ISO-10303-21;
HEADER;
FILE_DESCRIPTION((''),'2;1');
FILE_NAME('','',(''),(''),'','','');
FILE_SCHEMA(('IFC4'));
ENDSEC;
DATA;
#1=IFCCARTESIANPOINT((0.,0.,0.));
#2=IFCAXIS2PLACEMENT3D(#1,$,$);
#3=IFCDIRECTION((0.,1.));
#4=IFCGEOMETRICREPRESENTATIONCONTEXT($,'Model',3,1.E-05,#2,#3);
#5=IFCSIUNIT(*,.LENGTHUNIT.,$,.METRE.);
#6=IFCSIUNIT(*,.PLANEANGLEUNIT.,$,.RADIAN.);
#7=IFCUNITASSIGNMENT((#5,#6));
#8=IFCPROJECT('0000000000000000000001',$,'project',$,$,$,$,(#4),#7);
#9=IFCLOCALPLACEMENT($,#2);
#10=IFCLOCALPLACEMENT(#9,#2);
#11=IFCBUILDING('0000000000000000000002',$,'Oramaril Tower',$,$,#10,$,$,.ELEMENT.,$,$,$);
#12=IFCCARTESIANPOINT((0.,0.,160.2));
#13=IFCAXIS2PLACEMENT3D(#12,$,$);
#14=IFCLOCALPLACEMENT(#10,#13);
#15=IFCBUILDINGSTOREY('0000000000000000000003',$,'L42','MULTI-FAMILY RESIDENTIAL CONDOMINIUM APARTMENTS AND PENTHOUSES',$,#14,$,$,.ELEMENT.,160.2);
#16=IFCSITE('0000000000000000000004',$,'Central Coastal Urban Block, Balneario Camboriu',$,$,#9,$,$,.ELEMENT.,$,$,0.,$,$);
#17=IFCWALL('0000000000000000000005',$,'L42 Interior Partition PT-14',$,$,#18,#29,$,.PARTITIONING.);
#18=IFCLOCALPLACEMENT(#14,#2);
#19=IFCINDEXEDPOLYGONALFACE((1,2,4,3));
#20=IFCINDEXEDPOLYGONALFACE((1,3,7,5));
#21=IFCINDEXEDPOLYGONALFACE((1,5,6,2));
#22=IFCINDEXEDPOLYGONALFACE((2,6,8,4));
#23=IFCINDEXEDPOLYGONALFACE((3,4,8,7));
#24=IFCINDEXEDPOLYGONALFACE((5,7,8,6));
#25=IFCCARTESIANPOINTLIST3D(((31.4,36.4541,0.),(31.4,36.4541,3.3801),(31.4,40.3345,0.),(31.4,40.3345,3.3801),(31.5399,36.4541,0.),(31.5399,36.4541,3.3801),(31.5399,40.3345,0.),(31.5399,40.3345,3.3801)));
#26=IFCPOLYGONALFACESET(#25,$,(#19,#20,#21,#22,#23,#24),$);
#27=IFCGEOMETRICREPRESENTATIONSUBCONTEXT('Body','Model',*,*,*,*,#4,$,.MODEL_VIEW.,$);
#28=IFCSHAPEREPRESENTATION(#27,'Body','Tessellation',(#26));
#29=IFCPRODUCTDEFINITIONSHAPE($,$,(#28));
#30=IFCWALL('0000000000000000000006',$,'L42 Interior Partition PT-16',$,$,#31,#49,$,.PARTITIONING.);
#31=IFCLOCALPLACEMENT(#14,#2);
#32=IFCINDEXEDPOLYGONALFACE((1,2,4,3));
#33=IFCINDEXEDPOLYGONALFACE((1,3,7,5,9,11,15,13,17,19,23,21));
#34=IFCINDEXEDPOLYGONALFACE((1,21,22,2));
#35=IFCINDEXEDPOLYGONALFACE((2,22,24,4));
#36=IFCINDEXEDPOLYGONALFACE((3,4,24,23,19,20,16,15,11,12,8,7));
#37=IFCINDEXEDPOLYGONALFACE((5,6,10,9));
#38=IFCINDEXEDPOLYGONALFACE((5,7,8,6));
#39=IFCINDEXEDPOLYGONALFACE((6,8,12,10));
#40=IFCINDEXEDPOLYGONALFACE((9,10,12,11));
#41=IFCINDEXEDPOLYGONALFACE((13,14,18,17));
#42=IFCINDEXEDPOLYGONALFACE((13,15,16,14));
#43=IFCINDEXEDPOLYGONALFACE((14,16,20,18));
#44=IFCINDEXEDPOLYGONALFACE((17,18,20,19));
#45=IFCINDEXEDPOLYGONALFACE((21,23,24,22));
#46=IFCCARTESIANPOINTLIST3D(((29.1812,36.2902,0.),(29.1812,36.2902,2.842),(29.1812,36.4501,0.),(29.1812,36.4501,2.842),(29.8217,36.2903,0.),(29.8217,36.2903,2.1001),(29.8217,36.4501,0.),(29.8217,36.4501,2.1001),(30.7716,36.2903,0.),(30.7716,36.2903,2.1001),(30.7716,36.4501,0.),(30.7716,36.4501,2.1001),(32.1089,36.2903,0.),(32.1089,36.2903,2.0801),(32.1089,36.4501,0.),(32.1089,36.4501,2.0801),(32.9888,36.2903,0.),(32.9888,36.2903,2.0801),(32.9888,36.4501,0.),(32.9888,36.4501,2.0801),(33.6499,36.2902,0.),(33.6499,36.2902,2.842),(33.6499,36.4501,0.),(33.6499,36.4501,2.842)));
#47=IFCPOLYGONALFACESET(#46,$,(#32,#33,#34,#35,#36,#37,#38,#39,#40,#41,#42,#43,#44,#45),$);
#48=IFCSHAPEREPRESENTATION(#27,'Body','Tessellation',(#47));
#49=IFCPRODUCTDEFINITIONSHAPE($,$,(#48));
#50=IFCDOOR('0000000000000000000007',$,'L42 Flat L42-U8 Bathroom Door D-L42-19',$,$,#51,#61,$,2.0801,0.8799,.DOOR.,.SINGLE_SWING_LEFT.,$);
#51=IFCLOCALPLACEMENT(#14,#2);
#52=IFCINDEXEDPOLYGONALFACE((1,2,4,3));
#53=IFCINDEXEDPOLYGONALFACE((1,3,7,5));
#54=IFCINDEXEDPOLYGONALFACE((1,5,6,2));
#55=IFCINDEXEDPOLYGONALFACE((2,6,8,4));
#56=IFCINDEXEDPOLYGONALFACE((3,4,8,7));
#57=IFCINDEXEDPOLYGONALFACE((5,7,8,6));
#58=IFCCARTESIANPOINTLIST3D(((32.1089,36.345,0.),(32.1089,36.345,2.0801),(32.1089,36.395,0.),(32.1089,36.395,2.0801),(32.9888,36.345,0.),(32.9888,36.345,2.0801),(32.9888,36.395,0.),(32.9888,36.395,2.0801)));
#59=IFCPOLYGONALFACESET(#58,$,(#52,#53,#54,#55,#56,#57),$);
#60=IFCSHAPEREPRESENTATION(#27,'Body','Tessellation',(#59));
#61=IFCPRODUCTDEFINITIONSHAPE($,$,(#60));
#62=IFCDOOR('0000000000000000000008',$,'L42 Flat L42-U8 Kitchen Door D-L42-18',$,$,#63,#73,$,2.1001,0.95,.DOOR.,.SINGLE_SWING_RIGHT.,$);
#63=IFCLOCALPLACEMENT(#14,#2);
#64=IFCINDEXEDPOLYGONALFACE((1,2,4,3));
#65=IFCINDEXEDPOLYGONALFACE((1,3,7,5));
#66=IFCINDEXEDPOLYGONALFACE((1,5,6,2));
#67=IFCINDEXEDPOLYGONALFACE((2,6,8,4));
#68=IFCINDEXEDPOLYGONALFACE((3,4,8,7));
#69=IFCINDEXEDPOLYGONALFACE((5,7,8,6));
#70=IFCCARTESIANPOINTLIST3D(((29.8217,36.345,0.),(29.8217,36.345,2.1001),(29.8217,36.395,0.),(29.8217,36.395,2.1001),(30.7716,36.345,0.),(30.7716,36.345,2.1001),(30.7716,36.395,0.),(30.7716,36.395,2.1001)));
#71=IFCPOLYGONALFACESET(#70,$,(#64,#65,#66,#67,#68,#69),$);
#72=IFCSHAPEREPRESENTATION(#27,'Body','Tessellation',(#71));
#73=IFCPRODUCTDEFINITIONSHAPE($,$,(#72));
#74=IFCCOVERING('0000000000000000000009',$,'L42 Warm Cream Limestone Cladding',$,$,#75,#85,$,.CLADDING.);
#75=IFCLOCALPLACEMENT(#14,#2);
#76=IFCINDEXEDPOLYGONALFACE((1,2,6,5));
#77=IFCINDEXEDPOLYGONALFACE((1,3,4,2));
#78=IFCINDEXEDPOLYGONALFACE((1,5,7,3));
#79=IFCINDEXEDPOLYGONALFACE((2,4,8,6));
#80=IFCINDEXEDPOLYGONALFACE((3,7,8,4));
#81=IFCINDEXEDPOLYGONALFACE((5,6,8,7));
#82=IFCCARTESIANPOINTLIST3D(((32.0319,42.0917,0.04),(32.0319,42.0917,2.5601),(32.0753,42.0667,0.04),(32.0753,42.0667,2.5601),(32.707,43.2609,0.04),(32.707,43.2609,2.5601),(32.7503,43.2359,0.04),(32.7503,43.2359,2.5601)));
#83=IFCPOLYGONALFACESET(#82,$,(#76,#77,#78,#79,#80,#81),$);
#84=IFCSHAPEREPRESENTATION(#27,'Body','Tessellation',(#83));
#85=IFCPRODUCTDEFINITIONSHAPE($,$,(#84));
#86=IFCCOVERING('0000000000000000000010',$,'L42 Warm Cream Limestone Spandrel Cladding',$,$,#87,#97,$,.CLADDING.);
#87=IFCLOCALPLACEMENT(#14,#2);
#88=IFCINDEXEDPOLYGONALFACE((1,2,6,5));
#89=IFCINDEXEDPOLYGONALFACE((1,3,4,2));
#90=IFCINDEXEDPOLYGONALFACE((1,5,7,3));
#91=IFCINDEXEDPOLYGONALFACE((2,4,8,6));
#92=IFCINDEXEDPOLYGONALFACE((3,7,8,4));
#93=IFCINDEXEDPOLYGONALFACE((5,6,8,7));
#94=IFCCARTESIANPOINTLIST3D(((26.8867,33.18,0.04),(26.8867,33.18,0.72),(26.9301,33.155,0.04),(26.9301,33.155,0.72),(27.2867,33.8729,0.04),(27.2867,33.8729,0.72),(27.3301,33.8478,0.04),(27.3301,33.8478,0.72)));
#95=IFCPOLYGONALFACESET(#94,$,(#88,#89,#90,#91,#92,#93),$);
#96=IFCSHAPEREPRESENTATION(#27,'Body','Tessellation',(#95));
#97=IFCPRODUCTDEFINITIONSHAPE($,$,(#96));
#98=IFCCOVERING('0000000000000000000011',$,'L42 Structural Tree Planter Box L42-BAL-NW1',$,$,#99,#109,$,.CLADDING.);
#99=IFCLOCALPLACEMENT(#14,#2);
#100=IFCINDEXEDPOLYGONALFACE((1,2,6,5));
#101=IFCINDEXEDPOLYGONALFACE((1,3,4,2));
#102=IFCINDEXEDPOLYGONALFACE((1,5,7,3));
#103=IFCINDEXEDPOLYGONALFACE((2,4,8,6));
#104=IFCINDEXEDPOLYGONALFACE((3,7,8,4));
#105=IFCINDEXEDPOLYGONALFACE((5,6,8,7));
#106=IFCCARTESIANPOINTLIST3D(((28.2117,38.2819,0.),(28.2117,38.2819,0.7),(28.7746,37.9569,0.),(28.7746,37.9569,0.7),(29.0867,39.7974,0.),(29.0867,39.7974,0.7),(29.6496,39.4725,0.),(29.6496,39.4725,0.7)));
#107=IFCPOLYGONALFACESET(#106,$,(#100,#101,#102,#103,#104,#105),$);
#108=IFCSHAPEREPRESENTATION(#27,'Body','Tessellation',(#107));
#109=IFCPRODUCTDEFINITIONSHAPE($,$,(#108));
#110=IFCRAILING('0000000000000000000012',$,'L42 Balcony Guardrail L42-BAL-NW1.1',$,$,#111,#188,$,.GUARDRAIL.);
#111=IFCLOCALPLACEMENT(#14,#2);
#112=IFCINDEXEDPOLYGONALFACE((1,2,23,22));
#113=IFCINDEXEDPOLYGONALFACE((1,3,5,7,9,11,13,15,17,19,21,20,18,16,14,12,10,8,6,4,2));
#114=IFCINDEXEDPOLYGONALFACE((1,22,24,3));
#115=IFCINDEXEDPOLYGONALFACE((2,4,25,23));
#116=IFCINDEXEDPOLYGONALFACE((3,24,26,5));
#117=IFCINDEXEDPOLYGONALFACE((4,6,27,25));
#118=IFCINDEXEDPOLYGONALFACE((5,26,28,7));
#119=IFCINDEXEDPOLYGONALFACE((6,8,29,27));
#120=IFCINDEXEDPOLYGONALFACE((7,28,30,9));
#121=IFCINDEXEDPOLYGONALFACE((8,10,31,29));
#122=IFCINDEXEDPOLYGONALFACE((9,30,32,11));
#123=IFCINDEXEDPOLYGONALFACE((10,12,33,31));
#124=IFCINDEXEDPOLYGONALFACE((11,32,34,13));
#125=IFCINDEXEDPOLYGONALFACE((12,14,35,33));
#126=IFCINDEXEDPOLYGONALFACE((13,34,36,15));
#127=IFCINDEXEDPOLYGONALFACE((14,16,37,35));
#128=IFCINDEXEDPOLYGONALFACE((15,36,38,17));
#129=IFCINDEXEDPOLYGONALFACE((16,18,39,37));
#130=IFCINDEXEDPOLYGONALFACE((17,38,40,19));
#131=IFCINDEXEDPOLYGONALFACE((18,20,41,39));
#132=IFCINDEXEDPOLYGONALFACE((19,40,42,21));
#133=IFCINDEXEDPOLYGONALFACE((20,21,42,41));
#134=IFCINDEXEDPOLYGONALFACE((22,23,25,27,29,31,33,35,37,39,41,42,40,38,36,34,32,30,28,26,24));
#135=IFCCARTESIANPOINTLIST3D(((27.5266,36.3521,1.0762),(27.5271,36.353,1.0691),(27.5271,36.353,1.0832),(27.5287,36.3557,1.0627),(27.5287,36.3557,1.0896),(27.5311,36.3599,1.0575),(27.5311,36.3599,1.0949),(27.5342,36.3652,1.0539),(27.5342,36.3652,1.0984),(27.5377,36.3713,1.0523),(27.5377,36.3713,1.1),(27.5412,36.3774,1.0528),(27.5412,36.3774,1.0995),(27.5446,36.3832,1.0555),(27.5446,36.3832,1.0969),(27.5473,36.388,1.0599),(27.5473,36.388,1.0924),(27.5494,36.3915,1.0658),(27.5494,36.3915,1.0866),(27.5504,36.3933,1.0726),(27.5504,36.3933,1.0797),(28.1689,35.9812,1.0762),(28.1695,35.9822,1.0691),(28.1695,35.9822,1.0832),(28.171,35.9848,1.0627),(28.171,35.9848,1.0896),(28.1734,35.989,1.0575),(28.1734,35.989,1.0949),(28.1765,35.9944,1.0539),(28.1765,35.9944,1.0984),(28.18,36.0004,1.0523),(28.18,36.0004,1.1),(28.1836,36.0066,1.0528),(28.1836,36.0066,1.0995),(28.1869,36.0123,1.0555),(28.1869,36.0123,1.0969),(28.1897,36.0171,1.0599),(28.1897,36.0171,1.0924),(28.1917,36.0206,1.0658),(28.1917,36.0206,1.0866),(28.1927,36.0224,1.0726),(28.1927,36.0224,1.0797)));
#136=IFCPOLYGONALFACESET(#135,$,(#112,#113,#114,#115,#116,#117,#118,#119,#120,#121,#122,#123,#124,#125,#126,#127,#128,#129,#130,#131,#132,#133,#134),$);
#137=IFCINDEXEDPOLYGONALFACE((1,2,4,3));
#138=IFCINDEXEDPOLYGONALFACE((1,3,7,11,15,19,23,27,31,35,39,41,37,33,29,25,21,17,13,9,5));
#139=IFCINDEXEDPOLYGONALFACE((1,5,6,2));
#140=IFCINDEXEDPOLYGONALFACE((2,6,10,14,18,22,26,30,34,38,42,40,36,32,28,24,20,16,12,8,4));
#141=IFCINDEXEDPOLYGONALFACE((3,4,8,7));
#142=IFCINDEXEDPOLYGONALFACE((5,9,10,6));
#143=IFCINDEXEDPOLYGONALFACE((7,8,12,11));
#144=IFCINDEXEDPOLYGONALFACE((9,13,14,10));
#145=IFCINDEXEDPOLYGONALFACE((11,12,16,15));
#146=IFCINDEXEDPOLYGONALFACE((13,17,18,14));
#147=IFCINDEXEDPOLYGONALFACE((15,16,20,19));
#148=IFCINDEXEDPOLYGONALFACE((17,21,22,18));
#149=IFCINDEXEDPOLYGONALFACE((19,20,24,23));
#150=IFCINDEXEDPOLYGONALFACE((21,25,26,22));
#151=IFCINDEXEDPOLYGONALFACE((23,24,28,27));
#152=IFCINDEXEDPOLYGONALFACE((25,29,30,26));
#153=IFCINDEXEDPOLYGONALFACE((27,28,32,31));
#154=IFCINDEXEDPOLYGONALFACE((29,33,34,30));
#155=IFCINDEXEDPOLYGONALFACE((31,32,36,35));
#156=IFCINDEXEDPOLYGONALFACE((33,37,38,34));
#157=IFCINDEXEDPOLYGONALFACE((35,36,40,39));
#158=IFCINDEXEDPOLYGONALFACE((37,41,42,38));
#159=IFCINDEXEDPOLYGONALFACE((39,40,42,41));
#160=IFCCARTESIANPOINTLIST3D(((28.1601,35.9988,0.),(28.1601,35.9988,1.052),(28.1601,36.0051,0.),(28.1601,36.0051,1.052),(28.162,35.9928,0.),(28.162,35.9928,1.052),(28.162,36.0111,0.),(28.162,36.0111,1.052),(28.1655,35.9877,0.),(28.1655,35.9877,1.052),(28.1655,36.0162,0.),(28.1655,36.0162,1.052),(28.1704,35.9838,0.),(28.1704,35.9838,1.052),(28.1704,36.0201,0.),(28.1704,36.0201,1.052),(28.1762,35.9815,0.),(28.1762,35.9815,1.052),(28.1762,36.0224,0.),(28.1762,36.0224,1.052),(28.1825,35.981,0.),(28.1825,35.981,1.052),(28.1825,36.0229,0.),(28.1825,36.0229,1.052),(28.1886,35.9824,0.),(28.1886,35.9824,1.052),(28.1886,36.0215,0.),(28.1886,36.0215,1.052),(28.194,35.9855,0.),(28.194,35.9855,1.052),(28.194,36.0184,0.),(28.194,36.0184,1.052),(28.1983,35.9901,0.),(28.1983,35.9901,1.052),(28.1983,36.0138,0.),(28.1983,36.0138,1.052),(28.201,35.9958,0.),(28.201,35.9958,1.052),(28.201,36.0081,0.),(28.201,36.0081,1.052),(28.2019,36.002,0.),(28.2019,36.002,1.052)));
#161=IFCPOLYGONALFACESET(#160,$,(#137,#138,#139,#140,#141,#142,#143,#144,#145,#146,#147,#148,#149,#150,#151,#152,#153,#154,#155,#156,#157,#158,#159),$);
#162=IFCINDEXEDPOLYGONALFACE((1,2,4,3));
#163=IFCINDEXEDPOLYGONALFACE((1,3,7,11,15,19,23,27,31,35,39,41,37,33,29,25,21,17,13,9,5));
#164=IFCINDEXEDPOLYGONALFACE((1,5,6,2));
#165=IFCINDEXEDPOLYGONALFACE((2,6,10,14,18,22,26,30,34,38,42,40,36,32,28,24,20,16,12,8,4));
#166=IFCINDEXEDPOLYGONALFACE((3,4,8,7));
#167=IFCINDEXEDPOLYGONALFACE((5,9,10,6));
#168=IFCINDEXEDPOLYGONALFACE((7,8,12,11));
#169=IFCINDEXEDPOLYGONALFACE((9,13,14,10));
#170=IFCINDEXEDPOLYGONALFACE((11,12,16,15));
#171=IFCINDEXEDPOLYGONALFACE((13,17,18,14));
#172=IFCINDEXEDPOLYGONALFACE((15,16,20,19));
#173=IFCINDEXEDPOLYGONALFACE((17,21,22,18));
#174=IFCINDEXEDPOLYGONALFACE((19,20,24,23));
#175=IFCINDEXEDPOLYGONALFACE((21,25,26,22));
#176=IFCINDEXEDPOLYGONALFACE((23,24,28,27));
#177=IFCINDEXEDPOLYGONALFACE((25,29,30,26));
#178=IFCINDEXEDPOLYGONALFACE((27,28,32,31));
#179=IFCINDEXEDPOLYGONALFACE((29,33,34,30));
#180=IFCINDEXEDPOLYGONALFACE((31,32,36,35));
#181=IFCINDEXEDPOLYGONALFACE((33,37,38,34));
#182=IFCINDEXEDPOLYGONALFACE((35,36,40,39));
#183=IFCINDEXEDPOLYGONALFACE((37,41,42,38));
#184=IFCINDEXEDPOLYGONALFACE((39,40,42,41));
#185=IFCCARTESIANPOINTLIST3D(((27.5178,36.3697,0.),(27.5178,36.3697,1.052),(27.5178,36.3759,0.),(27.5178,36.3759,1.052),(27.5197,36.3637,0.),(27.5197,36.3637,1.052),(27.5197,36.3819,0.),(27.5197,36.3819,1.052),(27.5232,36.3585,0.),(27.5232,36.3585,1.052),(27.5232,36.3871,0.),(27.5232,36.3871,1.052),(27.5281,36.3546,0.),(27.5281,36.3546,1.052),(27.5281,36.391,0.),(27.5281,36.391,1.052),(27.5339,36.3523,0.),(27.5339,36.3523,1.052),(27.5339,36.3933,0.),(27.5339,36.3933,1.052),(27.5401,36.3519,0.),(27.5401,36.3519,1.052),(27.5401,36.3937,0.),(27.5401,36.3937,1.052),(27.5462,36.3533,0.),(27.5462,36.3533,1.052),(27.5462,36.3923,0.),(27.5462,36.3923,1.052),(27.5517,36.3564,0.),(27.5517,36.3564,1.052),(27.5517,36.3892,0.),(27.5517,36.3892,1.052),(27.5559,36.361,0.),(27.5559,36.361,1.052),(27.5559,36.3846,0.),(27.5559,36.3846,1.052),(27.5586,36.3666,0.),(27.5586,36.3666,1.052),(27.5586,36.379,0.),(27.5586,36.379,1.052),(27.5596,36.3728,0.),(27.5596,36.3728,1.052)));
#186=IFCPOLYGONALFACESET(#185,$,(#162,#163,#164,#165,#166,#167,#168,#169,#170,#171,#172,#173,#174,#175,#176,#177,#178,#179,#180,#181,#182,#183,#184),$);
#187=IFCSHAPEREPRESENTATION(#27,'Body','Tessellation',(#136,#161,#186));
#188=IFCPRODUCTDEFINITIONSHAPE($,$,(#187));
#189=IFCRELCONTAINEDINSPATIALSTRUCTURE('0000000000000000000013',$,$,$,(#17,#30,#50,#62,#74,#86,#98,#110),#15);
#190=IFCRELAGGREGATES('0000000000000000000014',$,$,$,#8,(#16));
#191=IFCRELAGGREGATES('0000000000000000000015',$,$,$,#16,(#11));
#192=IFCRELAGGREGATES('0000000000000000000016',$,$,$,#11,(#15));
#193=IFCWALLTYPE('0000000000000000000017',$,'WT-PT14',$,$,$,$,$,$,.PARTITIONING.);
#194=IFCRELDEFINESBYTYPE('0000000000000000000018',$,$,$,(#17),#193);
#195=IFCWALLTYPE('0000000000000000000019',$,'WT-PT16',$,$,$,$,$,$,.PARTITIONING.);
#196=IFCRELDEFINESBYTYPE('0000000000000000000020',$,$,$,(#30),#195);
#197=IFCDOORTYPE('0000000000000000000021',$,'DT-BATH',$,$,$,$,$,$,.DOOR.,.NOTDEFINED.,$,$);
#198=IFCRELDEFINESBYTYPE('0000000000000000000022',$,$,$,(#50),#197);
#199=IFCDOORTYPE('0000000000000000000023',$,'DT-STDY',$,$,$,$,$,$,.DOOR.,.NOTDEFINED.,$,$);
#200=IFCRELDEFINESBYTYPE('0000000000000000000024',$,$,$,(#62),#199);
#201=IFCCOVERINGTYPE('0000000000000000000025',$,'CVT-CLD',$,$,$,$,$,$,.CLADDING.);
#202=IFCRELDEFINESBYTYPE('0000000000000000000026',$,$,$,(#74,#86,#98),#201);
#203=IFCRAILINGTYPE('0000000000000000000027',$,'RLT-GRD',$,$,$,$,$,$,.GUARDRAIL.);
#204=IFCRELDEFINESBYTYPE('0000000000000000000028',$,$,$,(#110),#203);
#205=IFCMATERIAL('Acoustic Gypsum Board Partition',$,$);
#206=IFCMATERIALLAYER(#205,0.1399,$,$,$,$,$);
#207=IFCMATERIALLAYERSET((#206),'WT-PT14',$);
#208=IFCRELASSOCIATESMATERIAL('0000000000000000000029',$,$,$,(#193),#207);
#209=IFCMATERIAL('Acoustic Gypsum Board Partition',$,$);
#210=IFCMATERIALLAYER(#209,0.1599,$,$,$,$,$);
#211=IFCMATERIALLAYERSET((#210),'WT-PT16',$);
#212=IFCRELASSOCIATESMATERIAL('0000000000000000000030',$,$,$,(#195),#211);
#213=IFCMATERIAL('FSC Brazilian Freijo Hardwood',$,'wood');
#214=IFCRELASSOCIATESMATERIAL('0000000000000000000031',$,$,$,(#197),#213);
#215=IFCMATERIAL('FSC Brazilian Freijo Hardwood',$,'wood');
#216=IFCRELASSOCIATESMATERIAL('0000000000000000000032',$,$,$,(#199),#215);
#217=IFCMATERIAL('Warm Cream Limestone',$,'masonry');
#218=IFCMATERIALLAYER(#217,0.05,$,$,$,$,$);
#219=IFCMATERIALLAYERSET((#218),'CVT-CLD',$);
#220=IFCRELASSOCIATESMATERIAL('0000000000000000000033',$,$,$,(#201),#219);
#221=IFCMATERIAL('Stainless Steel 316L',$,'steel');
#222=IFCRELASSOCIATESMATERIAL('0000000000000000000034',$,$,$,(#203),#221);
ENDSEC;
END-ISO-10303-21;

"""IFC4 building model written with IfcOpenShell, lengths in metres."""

from ifc_helpers import new_model, si_unit, direction, frame, frame_2d, origin, origin_2d, place, context, subcontext, project, spatial, rectangle, circle, extrude, material, layer, layer_set, type_object, element, fill, save


model = new_model("IFC4")

# Units and contexts
model_context = context("Model", 3, precision=1e-05, world=origin(), true_north=direction((0.0, 1.0)))
body_context = subcontext(model_context, "Body", "Model", "MODEL_VIEW")
ifc_project = project(units=[si_unit("LENGTHUNIT", "METRE"), si_unit("PLANEANGLEUNIT", "RADIAN")], contexts=[model_context])

# Site, building, storey
site_placement = place(None, origin())
site = spatial("IfcSite", under=ifc_project, at=site_placement, Name="Central Coastal Urban Block, Balneario Camboriu", CompositionType="ELEMENT", RefElevation=0.0)
building_placement = place(site_placement, origin())
building = spatial("IfcBuilding", under=site, at=building_placement, Name="Oramaril Tower", CompositionType="ELEMENT")
storey_placement = place(building_placement, frame((0.0, 0.0, 160.2)))
storey = spatial("IfcBuildingStorey", under=building, at=storey_placement, Name="L42", Description="MULTI-FAMILY RESIDENTIAL CONDOMINIUM APARTMENTS AND PENTHOUSES", CompositionType="ELEMENT", Elevation=160.2)

# Wall
ifc_material_1 = material(Name="Acoustic Gypsum Board Partition")
ifc_layer_1 = layer(ifc_material_1, 0.1399)
ifc_layer_set_1 = layer_set([ifc_layer_1], Name="WT-PT14")
wall_type_1 = type_object("IfcWallType", Name="WT-PT14", PredefinedType="PARTITIONING", material=ifc_layer_set_1)
wall_1_placement = place(storey_placement, frame((31.47, 36.4541, 0.0), z_axis=(0.0, 0.0, 1.0), x_axis=(0.0, 1.0, 0.0)))
element("IfcWall", 1, at=wall_1_placement, inside=storey, type_object=wall_type_1, Name="L42 Interior Partition PT-14", PredefinedType="PARTITIONING", context=body_context, shape_type="SweptSolid", body=[
    extrude(rectangle(XDim=3.8804, YDim=0.1399, at=frame_2d((1.9402, 0.0))), origin(), (0.0, 0.0, 1.0), 3.3801),
])

# Wall, openings, doors
ifc_material_2 = material(Name="Acoustic Gypsum Board Partition")
ifc_layer_2 = layer(ifc_material_2, 0.1599)
ifc_layer_set_2 = layer_set([ifc_layer_2], Name="WT-PT16")
wall_type_2 = type_object("IfcWallType", Name="WT-PT16", PredefinedType="PARTITIONING", material=ifc_layer_set_2)
wall_2_placement = place(storey_placement, frame((29.1812, 36.3701, 0.0), z_axis=(0.0, 0.0, 1.0), x_axis=(1.0, 0.0, 0.0)))
wall_2 = element("IfcWall", 2, at=wall_2_placement, inside=storey, type_object=wall_type_2, Name="L42 Interior Partition PT-16", PredefinedType="PARTITIONING", context=body_context, shape_type="SweptSolid", body=[
    extrude(rectangle(XDim=4.4688, YDim=0.1599, at=frame_2d((2.2344, 0.0))), origin(), (0.0, 0.0, 1.0), 2.842),
])
opening_1_placement = place(wall_2_placement, frame((0.6404, 0.0, 0.0)))
opening_1 = element("IfcOpeningElement", 3, at=opening_1_placement, cuts=wall_2, PredefinedType="OPENING", context=body_context, shape_type="SweptSolid", body=[
    extrude(rectangle(XDim=0.95, YDim=2.1001, at=frame_2d((0.4751, 1.05))), frame((0.0, 0.0801, 0.0), z_axis=(0.0, -1.0, 0.0), x_axis=(1.0, 0.0, 0.0)), (0.0, 0.0, 1.0), 0.1599),
])
opening_2_placement = place(wall_2_placement, frame((2.9277, 0.0, 0.0)))
opening_2 = element("IfcOpeningElement", 4, at=opening_2_placement, cuts=wall_2, PredefinedType="OPENING", context=body_context, shape_type="SweptSolid", body=[
    extrude(rectangle(XDim=0.8799, YDim=2.0801, at=frame_2d((0.4399, 1.04))), frame((0.0, 0.0801, 0.0), z_axis=(0.0, -1.0, 0.0), x_axis=(1.0, 0.0, 0.0)), (0.0, 0.0, 1.0), 0.1599),
])
ifc_material_3 = material(Name="FSC Brazilian Freijo Hardwood", Category="wood")
door_type_1 = type_object("IfcDoorType", Name="DT-BATH", OperationType="NOTDEFINED", PredefinedType="DOOR", material=ifc_material_3)
door_1_placement = place(opening_2_placement, origin())
door_1 = element("IfcDoor", 5, at=door_1_placement, inside=storey, type_object=door_type_1, Name="L42 Flat L42-U8 Bathroom Door D-L42-19", OperationType="SINGLE_SWING_LEFT", OverallHeight=2.0801, OverallWidth=0.8799, PredefinedType="DOOR", context=body_context, shape_type="SweptSolid", body=[
    extrude(rectangle(XDim=0.8799, YDim=2.0801, at=frame_2d((0.4399, 1.04))), frame((0.0, 0.0249, 0.0), z_axis=(0.0, -1.0, 0.0), x_axis=(1.0, 0.0, 0.0)), (0.0, 0.0, 1.0), 0.05),
])
fill(opening_2, door_1)
ifc_material_4 = material(Name="FSC Brazilian Freijo Hardwood", Category="wood")
door_type_2 = type_object("IfcDoorType", Name="DT-STDY", OperationType="NOTDEFINED", PredefinedType="DOOR", material=ifc_material_4)
door_2_placement = place(opening_1_placement, origin())
door_2 = element("IfcDoor", 6, at=door_2_placement, inside=storey, type_object=door_type_2, Name="L42 Flat L42-U8 Kitchen Door D-L42-18", OperationType="SINGLE_SWING_RIGHT", OverallHeight=2.1001, OverallWidth=0.95, PredefinedType="DOOR", context=body_context, shape_type="SweptSolid", body=[
    extrude(rectangle(XDim=0.95, YDim=2.1001, at=frame_2d((0.4751, 1.05))), frame((0.0, 0.0249, 0.0), z_axis=(0.0, -1.0, 0.0), x_axis=(1.0, 0.0, 0.0)), (0.0, 0.0, 1.0), 0.05),
])
fill(opening_1, door_2)

# Coverings
ifc_material_5 = material(Name="Warm Cream Limestone", Category="masonry")
ifc_layer_3 = layer(ifc_material_5, 0.05)
ifc_layer_set_3 = layer_set([ifc_layer_3], Name="CVT-CLD")
covering_type = type_object("IfcCoveringType", Name="CVT-CLD", PredefinedType="CLADDING", material=ifc_layer_set_3)
covering_1_placement = place(storey_placement, frame((32.3911, 42.6638, 0.04), z_axis=(0.0, 0.0, 1.0), x_axis=(-0.5, -0.866025, 0.0)))
element("IfcCovering", 7, at=covering_1_placement, inside=storey, type_object=covering_type, Name="L42 Warm Cream Limestone Cladding", PredefinedType="CLADDING", context=body_context, shape_type="SweptSolid", body=[
    extrude(rectangle(XDim=1.3501, YDim=0.05, at=origin_2d()), origin(), (0.0, 0.0, 1.0), 2.52),
])
covering_2_placement = place(storey_placement, frame((27.1084, 33.5139, 0.04), z_axis=(0.0, 0.0, 1.0), x_axis=(-0.5, -0.866025, 0.0)))
element("IfcCovering", 8, at=covering_2_placement, inside=storey, type_object=covering_type, Name="L42 Warm Cream Limestone Spandrel Cladding", PredefinedType="CLADDING", context=body_context, shape_type="SweptSolid", body=[
    extrude(rectangle(XDim=0.8, YDim=0.05, at=origin_2d()), origin(), (0.0, 0.0, 1.0), 0.6799),
])
covering_3_placement = place(storey_placement, frame((28.9307, 38.8772, 0.0), z_axis=(0.0, 0.0, 1.0), x_axis=(-0.5, -0.866025, 0.0)))
element("IfcCovering", 9, at=covering_3_placement, inside=storey, type_object=covering_type, Name="L42 Structural Tree Planter Box L42-BAL-NW1", PredefinedType="CLADDING", context=body_context, shape_type="SweptSolid", body=[
    extrude(rectangle(XDim=1.75, YDim=0.6499, at=origin_2d()), origin(), (0.0, 0.0, 1.0), 0.7),
])

# Railing
ifc_material_6 = material(Name="Stainless Steel 316L", Category="steel")
railing_type = type_object("IfcRailingType", Name="RLT-GRD", PredefinedType="GUARDRAIL", material=ifc_material_6)
railing_1_placement = place(storey_placement, frame((28.1809, 36.002, 0.0)))
element("IfcRailing", 10, at=railing_1_placement, inside=storey, type_object=railing_type, Name="L42 Balcony Guardrail L42-BAL-NW1.1", PredefinedType="GUARDRAIL", context=body_context, shape_type="SweptSolid", body=[
    extrude(circle(Radius=0.0239, at=origin_2d()), frame((0.0, 0.0, 1.0762), z_axis=(-0.866027, 0.499998, 0.0), x_axis=(-0.499998, -0.866027, 0.0)), (0.0, 0.0, 1.0), 0.7417),
    extrude(circle(Radius=0.021, at=origin_2d()), origin(), (0.0, 0.0, 1.0), 1.052),
    extrude(circle(Radius=0.021, at=origin_2d()), frame((-0.6423, 0.3708, 0.0)), (0.0, 0.0, 1.0), 1.052),
])

save(model, "model.ifc")
